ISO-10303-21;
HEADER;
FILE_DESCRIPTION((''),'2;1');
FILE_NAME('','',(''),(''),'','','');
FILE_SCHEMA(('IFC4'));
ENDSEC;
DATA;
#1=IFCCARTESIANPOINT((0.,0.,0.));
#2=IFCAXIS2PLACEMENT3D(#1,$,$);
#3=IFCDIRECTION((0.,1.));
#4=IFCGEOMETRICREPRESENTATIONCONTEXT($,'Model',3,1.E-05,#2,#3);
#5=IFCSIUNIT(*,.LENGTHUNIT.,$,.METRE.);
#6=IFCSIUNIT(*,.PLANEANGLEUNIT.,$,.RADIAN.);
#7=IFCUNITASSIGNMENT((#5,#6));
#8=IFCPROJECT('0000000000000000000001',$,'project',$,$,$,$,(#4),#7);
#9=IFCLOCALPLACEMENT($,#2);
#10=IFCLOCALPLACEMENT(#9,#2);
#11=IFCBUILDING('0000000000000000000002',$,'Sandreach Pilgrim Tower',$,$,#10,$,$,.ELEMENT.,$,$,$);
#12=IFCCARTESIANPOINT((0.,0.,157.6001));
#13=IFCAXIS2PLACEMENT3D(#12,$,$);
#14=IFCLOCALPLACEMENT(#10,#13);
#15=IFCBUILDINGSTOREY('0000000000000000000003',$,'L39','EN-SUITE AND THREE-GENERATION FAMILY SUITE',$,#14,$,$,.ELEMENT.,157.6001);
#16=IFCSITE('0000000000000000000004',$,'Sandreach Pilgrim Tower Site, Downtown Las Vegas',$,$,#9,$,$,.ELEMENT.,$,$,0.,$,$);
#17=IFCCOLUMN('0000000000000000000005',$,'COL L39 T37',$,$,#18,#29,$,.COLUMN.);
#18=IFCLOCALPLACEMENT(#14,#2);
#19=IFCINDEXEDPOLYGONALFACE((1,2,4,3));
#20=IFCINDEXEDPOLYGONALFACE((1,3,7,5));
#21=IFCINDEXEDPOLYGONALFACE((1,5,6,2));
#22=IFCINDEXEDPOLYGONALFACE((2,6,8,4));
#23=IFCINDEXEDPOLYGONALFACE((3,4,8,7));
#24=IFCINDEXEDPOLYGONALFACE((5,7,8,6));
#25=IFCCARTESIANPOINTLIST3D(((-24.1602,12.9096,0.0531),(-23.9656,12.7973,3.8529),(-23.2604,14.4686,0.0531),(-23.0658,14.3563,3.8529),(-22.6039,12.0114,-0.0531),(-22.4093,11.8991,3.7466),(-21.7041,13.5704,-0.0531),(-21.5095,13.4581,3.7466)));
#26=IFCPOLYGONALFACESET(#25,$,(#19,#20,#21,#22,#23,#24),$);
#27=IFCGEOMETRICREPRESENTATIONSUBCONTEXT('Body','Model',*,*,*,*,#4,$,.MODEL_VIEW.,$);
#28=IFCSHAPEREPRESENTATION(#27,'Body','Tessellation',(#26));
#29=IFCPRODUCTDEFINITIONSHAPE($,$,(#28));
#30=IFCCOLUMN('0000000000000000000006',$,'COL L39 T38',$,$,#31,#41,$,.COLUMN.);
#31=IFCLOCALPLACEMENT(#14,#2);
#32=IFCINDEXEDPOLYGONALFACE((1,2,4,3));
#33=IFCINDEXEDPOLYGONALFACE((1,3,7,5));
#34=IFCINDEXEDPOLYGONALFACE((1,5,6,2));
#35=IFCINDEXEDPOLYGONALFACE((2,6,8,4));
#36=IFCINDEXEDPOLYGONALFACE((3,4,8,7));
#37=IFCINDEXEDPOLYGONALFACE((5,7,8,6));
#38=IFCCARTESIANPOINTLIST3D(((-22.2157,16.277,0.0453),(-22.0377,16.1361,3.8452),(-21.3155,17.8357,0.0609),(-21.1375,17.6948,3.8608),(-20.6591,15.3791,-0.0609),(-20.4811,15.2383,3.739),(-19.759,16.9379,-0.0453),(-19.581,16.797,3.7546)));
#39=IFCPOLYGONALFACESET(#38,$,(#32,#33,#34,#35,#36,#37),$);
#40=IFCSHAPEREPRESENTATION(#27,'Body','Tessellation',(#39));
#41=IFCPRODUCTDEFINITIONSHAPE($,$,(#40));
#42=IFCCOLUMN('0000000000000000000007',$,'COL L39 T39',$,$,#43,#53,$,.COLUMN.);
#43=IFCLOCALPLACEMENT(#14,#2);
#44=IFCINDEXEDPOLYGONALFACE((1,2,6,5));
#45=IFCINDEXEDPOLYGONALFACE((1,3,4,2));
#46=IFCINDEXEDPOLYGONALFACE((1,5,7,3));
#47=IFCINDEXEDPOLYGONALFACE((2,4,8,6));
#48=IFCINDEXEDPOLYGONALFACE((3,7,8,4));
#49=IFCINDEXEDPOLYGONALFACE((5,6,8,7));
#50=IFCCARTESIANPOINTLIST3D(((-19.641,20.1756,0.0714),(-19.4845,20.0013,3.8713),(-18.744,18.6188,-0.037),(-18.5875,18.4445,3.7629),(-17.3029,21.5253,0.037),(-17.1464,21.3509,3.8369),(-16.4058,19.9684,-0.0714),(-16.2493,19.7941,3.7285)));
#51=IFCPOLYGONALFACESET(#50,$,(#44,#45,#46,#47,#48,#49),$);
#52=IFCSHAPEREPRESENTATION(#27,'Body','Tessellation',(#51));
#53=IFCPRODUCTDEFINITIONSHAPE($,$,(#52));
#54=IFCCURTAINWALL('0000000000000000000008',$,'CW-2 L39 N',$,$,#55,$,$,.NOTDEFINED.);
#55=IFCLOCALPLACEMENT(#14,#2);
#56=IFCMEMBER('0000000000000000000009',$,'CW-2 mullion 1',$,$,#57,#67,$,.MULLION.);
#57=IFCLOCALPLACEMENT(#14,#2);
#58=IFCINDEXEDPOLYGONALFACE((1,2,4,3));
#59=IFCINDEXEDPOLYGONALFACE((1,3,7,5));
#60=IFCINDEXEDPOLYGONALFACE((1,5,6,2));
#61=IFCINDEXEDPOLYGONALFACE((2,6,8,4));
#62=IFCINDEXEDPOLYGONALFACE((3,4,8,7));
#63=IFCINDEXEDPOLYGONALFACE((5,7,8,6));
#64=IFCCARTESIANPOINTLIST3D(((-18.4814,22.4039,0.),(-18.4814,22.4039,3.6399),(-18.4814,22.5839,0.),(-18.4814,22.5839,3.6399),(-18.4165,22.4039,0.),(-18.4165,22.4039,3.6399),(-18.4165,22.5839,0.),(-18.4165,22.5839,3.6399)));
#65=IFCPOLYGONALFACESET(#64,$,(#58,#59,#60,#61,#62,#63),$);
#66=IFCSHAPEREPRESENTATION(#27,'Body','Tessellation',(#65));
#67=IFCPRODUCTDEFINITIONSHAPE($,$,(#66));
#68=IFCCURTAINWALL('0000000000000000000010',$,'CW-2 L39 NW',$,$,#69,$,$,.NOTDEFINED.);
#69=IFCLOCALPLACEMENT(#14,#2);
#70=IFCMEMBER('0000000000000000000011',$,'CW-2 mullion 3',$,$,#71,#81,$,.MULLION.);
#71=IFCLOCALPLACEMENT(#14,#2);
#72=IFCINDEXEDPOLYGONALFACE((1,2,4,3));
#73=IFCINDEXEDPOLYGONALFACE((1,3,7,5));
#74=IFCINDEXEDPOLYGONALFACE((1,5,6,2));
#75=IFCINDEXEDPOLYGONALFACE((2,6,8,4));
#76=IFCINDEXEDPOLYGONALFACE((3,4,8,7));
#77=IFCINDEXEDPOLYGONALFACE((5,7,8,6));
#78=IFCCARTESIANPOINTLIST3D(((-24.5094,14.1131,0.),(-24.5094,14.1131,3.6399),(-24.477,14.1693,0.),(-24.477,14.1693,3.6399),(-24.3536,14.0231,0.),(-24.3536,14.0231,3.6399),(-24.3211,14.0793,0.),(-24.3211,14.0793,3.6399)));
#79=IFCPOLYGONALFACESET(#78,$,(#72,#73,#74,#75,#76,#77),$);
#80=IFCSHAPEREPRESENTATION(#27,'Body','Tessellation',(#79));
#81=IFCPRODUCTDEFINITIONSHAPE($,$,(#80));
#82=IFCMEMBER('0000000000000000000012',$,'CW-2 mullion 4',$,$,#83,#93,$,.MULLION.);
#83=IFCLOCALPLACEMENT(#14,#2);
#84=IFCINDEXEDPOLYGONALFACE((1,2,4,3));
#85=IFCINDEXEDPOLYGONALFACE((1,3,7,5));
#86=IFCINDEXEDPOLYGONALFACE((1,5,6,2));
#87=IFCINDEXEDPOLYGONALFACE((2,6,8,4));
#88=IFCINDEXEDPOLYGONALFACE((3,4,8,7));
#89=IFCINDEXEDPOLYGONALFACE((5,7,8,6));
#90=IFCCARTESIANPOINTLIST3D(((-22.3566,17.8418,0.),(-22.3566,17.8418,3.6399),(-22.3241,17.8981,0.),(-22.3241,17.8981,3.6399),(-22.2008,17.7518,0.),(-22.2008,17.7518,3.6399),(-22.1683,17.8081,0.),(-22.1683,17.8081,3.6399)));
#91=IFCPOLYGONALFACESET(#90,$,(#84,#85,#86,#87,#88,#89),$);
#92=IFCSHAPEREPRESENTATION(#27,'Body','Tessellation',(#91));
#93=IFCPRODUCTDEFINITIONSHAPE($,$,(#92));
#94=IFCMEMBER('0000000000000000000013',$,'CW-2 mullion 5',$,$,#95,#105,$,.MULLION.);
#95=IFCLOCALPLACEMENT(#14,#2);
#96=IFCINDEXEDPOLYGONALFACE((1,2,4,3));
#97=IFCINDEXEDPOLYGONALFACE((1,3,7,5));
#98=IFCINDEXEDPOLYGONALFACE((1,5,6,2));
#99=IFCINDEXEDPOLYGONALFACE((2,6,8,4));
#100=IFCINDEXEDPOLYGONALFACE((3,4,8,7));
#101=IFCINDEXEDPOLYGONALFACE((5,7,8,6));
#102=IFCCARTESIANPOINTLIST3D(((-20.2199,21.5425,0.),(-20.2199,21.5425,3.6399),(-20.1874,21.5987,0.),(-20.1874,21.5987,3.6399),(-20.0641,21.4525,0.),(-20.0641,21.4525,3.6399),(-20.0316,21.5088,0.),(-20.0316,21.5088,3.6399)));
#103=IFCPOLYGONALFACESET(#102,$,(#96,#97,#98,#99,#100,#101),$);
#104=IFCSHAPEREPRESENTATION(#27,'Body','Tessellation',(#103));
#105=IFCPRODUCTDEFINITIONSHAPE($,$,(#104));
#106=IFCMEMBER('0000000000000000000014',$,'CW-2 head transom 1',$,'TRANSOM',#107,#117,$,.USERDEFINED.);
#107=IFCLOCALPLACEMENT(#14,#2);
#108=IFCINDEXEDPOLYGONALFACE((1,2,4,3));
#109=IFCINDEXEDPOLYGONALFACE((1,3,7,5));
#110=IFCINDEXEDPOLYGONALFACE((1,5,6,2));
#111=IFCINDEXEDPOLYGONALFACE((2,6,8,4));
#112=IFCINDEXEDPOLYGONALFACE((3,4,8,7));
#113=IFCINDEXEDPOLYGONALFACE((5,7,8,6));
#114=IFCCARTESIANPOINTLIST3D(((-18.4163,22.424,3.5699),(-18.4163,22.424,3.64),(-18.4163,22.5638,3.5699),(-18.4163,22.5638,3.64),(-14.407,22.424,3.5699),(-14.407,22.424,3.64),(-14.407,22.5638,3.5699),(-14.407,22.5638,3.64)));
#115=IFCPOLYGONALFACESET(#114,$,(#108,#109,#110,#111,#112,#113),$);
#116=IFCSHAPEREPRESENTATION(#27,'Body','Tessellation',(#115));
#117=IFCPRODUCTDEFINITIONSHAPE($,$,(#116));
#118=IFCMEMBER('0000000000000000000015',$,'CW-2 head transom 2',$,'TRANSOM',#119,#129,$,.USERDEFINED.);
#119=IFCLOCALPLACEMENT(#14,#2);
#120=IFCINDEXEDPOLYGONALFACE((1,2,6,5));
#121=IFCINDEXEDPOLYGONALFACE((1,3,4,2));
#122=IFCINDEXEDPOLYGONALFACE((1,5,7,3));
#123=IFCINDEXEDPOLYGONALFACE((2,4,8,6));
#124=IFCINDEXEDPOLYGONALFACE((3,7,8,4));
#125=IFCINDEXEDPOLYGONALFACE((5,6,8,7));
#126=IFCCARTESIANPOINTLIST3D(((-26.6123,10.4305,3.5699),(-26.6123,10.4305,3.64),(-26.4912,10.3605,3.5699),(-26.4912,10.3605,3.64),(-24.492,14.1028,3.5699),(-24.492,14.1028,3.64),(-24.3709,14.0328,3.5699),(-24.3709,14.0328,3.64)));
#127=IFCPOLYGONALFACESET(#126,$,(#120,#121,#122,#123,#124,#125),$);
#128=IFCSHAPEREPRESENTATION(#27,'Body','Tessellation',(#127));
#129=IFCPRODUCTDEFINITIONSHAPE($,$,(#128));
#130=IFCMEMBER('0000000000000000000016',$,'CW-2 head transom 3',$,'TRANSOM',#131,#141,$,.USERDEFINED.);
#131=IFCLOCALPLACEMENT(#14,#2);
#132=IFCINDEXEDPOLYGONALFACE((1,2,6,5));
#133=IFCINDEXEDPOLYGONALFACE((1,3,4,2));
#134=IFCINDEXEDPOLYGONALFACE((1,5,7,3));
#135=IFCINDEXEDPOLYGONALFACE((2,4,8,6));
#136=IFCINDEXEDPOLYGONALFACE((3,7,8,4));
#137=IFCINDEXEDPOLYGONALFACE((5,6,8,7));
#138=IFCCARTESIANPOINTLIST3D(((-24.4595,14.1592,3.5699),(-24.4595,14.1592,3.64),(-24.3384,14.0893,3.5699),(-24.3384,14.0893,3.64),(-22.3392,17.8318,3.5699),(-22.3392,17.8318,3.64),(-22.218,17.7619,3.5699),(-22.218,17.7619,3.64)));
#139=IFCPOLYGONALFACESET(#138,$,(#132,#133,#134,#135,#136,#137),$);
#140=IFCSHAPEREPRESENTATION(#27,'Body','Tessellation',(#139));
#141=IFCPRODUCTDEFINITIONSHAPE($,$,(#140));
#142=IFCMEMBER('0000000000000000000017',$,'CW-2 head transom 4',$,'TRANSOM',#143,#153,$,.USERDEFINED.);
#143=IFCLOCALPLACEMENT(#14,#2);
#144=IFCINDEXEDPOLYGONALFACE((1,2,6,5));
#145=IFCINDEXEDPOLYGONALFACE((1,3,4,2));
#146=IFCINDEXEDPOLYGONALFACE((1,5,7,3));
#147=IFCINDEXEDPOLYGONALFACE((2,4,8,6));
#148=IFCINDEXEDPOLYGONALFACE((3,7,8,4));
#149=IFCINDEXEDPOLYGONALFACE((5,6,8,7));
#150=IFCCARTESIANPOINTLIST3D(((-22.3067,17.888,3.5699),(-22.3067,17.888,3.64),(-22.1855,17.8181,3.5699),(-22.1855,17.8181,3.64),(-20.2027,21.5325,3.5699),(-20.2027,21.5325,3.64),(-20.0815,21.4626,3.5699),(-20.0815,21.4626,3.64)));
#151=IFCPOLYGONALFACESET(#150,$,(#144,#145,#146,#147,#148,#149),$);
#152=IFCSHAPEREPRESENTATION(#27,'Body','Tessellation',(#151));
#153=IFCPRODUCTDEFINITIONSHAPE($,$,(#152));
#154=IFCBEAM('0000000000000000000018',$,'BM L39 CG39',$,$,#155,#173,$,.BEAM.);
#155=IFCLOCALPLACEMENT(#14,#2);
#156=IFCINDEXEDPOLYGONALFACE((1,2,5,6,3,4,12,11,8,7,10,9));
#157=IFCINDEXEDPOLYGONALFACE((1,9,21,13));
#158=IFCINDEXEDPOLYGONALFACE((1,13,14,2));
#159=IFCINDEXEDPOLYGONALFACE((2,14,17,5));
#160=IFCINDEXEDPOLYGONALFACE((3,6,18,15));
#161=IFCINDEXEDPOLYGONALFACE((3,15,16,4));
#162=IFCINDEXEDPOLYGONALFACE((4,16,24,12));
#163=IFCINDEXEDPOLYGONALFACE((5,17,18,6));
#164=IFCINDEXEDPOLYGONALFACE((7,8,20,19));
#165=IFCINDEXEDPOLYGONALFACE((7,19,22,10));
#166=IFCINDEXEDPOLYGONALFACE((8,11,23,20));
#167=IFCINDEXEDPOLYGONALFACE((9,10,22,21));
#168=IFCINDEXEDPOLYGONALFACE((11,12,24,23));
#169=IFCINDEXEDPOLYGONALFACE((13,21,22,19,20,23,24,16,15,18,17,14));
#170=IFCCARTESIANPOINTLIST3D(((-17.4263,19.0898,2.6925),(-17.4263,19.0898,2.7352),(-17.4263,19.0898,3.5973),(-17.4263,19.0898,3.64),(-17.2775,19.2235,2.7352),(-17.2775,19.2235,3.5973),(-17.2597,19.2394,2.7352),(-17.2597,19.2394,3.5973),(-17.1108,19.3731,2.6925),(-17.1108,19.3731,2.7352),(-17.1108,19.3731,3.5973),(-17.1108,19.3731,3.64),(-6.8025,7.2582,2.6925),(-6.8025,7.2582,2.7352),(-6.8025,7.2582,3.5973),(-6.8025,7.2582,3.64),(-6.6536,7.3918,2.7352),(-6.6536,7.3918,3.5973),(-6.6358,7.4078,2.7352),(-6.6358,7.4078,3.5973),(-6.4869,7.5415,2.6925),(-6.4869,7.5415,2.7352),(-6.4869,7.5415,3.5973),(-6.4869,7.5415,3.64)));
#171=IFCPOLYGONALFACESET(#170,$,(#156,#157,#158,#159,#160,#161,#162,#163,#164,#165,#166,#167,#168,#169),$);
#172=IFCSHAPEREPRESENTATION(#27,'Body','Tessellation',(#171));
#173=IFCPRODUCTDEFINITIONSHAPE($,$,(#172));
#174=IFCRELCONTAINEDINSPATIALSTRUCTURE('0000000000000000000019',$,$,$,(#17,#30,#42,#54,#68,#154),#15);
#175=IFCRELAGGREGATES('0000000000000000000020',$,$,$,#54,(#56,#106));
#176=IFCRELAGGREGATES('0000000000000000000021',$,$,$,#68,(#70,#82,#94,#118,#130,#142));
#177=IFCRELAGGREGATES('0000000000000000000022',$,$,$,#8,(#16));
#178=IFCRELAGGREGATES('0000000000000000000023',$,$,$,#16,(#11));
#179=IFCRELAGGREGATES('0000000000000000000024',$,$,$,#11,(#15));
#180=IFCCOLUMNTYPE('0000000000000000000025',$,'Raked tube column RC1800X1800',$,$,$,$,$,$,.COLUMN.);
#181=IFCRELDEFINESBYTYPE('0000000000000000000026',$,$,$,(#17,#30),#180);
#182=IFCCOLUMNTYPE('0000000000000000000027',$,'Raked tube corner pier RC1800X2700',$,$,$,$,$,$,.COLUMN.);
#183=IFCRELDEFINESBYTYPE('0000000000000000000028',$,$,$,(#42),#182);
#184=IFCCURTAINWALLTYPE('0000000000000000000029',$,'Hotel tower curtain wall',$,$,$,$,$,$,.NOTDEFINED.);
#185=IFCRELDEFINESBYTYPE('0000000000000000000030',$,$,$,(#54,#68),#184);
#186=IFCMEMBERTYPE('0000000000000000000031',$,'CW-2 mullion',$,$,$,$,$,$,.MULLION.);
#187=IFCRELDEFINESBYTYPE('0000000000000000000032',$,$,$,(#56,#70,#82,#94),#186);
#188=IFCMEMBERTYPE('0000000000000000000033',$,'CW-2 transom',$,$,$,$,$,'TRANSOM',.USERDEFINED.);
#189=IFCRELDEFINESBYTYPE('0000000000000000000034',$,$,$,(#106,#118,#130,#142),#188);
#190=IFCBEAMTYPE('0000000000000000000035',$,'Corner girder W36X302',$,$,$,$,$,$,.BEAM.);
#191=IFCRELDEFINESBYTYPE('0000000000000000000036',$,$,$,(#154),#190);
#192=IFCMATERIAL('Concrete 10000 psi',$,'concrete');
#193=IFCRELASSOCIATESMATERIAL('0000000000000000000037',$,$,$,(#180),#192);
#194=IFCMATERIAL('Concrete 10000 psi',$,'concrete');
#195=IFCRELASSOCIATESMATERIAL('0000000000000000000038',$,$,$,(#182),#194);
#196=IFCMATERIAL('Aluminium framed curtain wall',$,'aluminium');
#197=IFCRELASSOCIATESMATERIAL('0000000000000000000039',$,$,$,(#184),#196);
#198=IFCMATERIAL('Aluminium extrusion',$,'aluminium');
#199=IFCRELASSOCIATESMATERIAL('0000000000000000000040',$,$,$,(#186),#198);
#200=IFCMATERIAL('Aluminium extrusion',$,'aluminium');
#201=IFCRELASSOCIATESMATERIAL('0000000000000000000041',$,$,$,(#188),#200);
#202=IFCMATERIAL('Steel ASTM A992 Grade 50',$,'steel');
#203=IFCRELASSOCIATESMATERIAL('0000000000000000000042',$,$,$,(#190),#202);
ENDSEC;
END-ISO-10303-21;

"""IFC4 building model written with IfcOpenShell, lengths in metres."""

from ifc_helpers import new_model, si_unit, direction, frame, origin, origin_2d, place, context, subcontext, project, spatial, rectangle, i_section, extrude, material, material_profile, profile_set, type_object, element, aggregate, save


model = new_model("IFC4")

# Units and contexts
model_context = context("Model", 3, precision=1e-05, world=origin(), true_north=direction((0.0, 1.0)))
body_context = subcontext(model_context, "Body", "Model", "MODEL_VIEW")
ifc_project = project(units=[si_unit("LENGTHUNIT", "METRE"), si_unit("PLANEANGLEUNIT", "RADIAN")], contexts=[model_context])

# Site, building, storey
site_placement = place(None, origin())
site = spatial("IfcSite", under=ifc_project, at=site_placement, Name="Sandreach Pilgrim Tower Site, Downtown Las Vegas", CompositionType="ELEMENT", RefElevation=0.0)
building_placement = place(site_placement, origin())
building = spatial("IfcBuilding", under=site, at=building_placement, Name="Sandreach Pilgrim Tower", CompositionType="ELEMENT")
storey_placement = place(building_placement, frame((0.0, 0.0, 157.6001)))
storey = spatial("IfcBuildingStorey", under=building, at=storey_placement, Name="L39", Description="EN-SUITE AND THREE-GENERATION FAMILY SUITE", CompositionType="ELEMENT", Elevation=157.6001)

# Columns
ifc_material_1 = material(Name="Concrete 10000 psi", Category="concrete")
ifc_material_profile_1 = material_profile(ifc_material_1, rectangle(XDim=1.8, YDim=1.8, at=origin_2d()), Name="RC1800X1800")
ifc_profile_set_1 = profile_set([ifc_material_profile_1], Name="Concrete 10000 psi")
column_type_1 = type_object("IfcColumnType", Name="Raked tube column RC1800X1800", PredefinedType="COLUMN", material=ifc_profile_set_1)
column_1_placement = place(storey_placement, frame((-22.9321, 13.24, 0.0), z_axis=(0.051119, -0.029504, 0.998257), x_axis=(-0.864585, 0.499008, 0.059022)))
element("IfcColumn", 1, at=column_1_placement, inside=storey, type_object=column_type_1, Name="COL L39 T37", PredefinedType="COLUMN", context=body_context, shape_type="SweptSolid", body=[
    extrude(rectangle(XDim=1.8, YDim=1.8, at=origin_2d()), origin(), (0.0, 0.0, 1.0), 3.8064),
])
column_2_placement = place(storey_placement, frame((-20.9873, 16.6074, 0.0), z_axis=(0.046756, -0.037007, 0.998221), x_axis=(-0.864714, 0.498788, 0.058994)))
element("IfcColumn", 2, at=column_2_placement, inside=storey, type_object=column_type_1, Name="COL L39 T38", PredefinedType="COLUMN", context=body_context, shape_type="SweptSolid", body=[
    extrude(rectangle(XDim=1.8, YDim=1.8, at=origin_2d()), origin(), (0.0, 0.0, 1.0), 3.8066),
])
ifc_material_2 = material(Name="Concrete 10000 psi", Category="concrete")
ifc_material_profile_2 = material_profile(ifc_material_2, rectangle(XDim=1.8, YDim=2.7, at=origin_2d()), Name="RC1800X2700")
ifc_profile_set_2 = profile_set([ifc_material_profile_2], Name="Concrete 10000 psi")
column_type_2 = type_object("IfcColumnType", Name="Raked tube corner pier RC1800X2700", PredefinedType="COLUMN", material=ifc_profile_set_2)
column_3_placement = place(storey_placement, frame((-18.0234, 20.072, 0.0), z_axis=(0.041107, -0.045788, 0.998105), x_axis=(-0.498343, 0.864887, 0.060201)))
element("IfcColumn", 3, at=column_3_placement, inside=storey, type_object=column_type_2, Name="COL L39 T39", PredefinedType="COLUMN", context=body_context, shape_type="SweptSolid", body=[
    extrude(rectangle(XDim=1.8, YDim=2.7, at=origin_2d()), origin(), (0.0, 0.0, 1.0), 3.8071),
])

# Curtain wall, member
ifc_material_3 = material(Name="Aluminium framed curtain wall", Category="aluminium")
curtain_wall_type = type_object("IfcCurtainWallType", Name="Hotel tower curtain wall", PredefinedType="NOTDEFINED", material=ifc_material_3)
curtain_wall_1_placement = place(storey_placement, origin())
curtain_wall_1 = element("IfcCurtainWall", 4, at=curtain_wall_1_placement, inside=storey, type_object=curtain_wall_type, Name="CW-2 L39 N", PredefinedType="NOTDEFINED")
ifc_material_4 = material(Name="Aluminium extrusion", Category="aluminium")
ifc_material_profile_3 = material_profile(ifc_material_4, rectangle(XDim=0.0649, YDim=0.1799, at=origin_2d()), Name="CW-2M 65X180")
ifc_profile_set_3 = profile_set([ifc_material_profile_3], Name="Aluminium extrusion")
member_type_1 = type_object("IfcMemberType", Name="CW-2 mullion", PredefinedType="MULLION", material=ifc_profile_set_3)
member_1_placement = place(storey_placement, frame((-18.449, 22.4939, 0.0), z_axis=(0.0, 0.0, 1.0), x_axis=(1.0, 0.0, 0.0)))
member_1 = element("IfcMember", 5, at=member_1_placement, type_object=member_type_1, Name="CW-2 mullion 1", PredefinedType="MULLION", context=body_context, shape_type="SweptSolid", body=[
    extrude(rectangle(XDim=0.0649, YDim=0.1799, at=origin_2d()), origin(), (0.0, 0.0, 1.0), 3.6399),
])

# Curtain wall, members
curtain_wall_2_placement = place(storey_placement, origin())
curtain_wall_2 = element("IfcCurtainWall", 6, at=curtain_wall_2_placement, inside=storey, type_object=curtain_wall_type, Name="CW-2 L39 NW", PredefinedType="NOTDEFINED")
member_2_placement = place(storey_placement, frame((-24.4153, 14.0962, 0.0), z_axis=(0.0, 0.0, 1.0), x_axis=(0.5, 0.866025, 0.0)))
member_2 = element("IfcMember", 7, at=member_2_placement, type_object=member_type_1, Name="CW-2 mullion 3", PredefinedType="MULLION", context=body_context, shape_type="SweptSolid", body=[
    extrude(rectangle(XDim=0.0649, YDim=0.1799, at=origin_2d()), origin(), (0.0, 0.0, 1.0), 3.6399),
])
member_3_placement = place(storey_placement, frame((-22.2625, 17.825, 0.0), z_axis=(0.0, 0.0, 1.0), x_axis=(0.5, 0.866025, 0.0)))
member_3 = element("IfcMember", 8, at=member_3_placement, type_object=member_type_1, Name="CW-2 mullion 4", PredefinedType="MULLION", context=body_context, shape_type="SweptSolid", body=[
    extrude(rectangle(XDim=0.0649, YDim=0.1799, at=origin_2d()), origin(), (0.0, 0.0, 1.0), 3.6399),
])
member_4_placement = place(storey_placement, frame((-20.1257, 21.5256, 0.0), z_axis=(0.0, 0.0, 1.0), x_axis=(0.5, 0.866025, 0.0)))
member_4 = element("IfcMember", 9, at=member_4_placement, type_object=member_type_1, Name="CW-2 mullion 5", PredefinedType="MULLION", context=body_context, shape_type="SweptSolid", body=[
    extrude(rectangle(XDim=0.0649, YDim=0.1799, at=origin_2d()), origin(), (0.0, 0.0, 1.0), 3.6399),
])

# Members
ifc_material_5 = material(Name="Aluminium extrusion", Category="aluminium")
ifc_material_profile_4 = material_profile(ifc_material_5, rectangle(XDim=0.1399, YDim=0.0701, at=origin_2d()), Name="CW-2T 140X70")
ifc_profile_set_4 = profile_set([ifc_material_profile_4], Name="Aluminium extrusion")
member_type_2 = type_object("IfcMemberType", Name="CW-2 transom", ElementType="TRANSOM", PredefinedType="USERDEFINED", material=ifc_profile_set_4)
member_5_placement = place(storey_placement, frame((-18.4163, 22.4939, 3.605), z_axis=(1.0, 0.0, 0.0), x_axis=(0.0, 1.0, 0.0)))
member_5 = element("IfcMember", 10, at=member_5_placement, type_object=member_type_2, Name="CW-2 head transom 1", ObjectType="TRANSOM", PredefinedType="USERDEFINED", context=body_context, shape_type="SweptSolid", body=[
    extrude(rectangle(XDim=0.1399, YDim=0.0701, at=origin_2d()), origin(), (0.0, 0.0, 1.0), 4.0093),
])
member_6_placement = place(storey_placement, frame((-26.5518, 10.3955, 3.605), z_axis=(0.500021, 0.866013, 0.0), x_axis=(-0.866013, 0.500021, 0.0)))
member_6 = element("IfcMember", 11, at=member_6_placement, type_object=member_type_2, Name="CW-2 head transom 2", ObjectType="TRANSOM", PredefinedType="USERDEFINED", context=body_context, shape_type="SweptSolid", body=[
    extrude(rectangle(XDim=0.1399, YDim=0.0701, at=origin_2d()), origin(), (0.0, 0.0, 1.0), 4.2405),
])
member_7_placement = place(storey_placement, frame((-24.3989, 14.1243, 3.605), z_axis=(0.499997, 0.866027, 0.0), x_axis=(-0.866027, 0.499997, 0.0)))
member_7 = element("IfcMember", 12, at=member_7_placement, type_object=member_type_2, Name="CW-2 head transom 3", ObjectType="TRANSOM", PredefinedType="USERDEFINED", context=body_context, shape_type="SweptSolid", body=[
    extrude(rectangle(XDim=0.1399, YDim=0.0701, at=origin_2d()), origin(), (0.0, 0.0, 1.0), 4.2407),
])
member_8_placement = place(storey_placement, frame((-22.2461, 17.853, 3.605), z_axis=(0.49997, 0.866043, 0.0), x_axis=(-0.866043, 0.49997, 0.0)))
member_8 = element("IfcMember", 13, at=member_8_placement, type_object=member_type_2, Name="CW-2 head transom 4", ObjectType="TRANSOM", PredefinedType="USERDEFINED", context=body_context, shape_type="SweptSolid", body=[
    extrude(rectangle(XDim=0.1399, YDim=0.0701, at=origin_2d()), origin(), (0.0, 0.0, 1.0), 4.2083),
])

# Beam
ifc_material_6 = material(Name="Steel ASTM A992 Grade 50", Category="steel")
ifc_material_profile_5 = material_profile(ifc_material_6, i_section(OverallWidth=0.4241, OverallDepth=0.9475, WebThickness=0.0239, FlangeThickness=0.0427, at=origin_2d()), Name="W36X302")
ifc_profile_set_5 = profile_set([ifc_material_profile_5], Name="Steel ASTM A992 Grade 50")
beam_type_1 = type_object("IfcBeamType", Name="Corner girder W36X302", PredefinedType="BEAM", material=ifc_profile_set_5)
beam_1_placement = place(storey_placement, frame((-17.2686, 19.2314, 3.1663), z_axis=(0.668109, -0.744063, 0.0), x_axis=(0.744063, 0.668109, 0.0)))
element("IfcBeam", 14, at=beam_1_placement, inside=storey, type_object=beam_type_1, Name="BM L39 CG39", PredefinedType="BEAM", context=body_context, shape_type="SweptSolid", body=[
    extrude(i_section(OverallWidth=0.4241, OverallDepth=0.9475, WebThickness=0.0239, FlangeThickness=0.0427, at=origin_2d()), origin(), (0.0, 0.0, 1.0), 15.9014),
])

aggregate(curtain_wall_1, [member_1, member_5])
aggregate(curtain_wall_2, [member_2, member_3, member_4, member_6, member_7, member_8])

save(model, "model.ifc")
